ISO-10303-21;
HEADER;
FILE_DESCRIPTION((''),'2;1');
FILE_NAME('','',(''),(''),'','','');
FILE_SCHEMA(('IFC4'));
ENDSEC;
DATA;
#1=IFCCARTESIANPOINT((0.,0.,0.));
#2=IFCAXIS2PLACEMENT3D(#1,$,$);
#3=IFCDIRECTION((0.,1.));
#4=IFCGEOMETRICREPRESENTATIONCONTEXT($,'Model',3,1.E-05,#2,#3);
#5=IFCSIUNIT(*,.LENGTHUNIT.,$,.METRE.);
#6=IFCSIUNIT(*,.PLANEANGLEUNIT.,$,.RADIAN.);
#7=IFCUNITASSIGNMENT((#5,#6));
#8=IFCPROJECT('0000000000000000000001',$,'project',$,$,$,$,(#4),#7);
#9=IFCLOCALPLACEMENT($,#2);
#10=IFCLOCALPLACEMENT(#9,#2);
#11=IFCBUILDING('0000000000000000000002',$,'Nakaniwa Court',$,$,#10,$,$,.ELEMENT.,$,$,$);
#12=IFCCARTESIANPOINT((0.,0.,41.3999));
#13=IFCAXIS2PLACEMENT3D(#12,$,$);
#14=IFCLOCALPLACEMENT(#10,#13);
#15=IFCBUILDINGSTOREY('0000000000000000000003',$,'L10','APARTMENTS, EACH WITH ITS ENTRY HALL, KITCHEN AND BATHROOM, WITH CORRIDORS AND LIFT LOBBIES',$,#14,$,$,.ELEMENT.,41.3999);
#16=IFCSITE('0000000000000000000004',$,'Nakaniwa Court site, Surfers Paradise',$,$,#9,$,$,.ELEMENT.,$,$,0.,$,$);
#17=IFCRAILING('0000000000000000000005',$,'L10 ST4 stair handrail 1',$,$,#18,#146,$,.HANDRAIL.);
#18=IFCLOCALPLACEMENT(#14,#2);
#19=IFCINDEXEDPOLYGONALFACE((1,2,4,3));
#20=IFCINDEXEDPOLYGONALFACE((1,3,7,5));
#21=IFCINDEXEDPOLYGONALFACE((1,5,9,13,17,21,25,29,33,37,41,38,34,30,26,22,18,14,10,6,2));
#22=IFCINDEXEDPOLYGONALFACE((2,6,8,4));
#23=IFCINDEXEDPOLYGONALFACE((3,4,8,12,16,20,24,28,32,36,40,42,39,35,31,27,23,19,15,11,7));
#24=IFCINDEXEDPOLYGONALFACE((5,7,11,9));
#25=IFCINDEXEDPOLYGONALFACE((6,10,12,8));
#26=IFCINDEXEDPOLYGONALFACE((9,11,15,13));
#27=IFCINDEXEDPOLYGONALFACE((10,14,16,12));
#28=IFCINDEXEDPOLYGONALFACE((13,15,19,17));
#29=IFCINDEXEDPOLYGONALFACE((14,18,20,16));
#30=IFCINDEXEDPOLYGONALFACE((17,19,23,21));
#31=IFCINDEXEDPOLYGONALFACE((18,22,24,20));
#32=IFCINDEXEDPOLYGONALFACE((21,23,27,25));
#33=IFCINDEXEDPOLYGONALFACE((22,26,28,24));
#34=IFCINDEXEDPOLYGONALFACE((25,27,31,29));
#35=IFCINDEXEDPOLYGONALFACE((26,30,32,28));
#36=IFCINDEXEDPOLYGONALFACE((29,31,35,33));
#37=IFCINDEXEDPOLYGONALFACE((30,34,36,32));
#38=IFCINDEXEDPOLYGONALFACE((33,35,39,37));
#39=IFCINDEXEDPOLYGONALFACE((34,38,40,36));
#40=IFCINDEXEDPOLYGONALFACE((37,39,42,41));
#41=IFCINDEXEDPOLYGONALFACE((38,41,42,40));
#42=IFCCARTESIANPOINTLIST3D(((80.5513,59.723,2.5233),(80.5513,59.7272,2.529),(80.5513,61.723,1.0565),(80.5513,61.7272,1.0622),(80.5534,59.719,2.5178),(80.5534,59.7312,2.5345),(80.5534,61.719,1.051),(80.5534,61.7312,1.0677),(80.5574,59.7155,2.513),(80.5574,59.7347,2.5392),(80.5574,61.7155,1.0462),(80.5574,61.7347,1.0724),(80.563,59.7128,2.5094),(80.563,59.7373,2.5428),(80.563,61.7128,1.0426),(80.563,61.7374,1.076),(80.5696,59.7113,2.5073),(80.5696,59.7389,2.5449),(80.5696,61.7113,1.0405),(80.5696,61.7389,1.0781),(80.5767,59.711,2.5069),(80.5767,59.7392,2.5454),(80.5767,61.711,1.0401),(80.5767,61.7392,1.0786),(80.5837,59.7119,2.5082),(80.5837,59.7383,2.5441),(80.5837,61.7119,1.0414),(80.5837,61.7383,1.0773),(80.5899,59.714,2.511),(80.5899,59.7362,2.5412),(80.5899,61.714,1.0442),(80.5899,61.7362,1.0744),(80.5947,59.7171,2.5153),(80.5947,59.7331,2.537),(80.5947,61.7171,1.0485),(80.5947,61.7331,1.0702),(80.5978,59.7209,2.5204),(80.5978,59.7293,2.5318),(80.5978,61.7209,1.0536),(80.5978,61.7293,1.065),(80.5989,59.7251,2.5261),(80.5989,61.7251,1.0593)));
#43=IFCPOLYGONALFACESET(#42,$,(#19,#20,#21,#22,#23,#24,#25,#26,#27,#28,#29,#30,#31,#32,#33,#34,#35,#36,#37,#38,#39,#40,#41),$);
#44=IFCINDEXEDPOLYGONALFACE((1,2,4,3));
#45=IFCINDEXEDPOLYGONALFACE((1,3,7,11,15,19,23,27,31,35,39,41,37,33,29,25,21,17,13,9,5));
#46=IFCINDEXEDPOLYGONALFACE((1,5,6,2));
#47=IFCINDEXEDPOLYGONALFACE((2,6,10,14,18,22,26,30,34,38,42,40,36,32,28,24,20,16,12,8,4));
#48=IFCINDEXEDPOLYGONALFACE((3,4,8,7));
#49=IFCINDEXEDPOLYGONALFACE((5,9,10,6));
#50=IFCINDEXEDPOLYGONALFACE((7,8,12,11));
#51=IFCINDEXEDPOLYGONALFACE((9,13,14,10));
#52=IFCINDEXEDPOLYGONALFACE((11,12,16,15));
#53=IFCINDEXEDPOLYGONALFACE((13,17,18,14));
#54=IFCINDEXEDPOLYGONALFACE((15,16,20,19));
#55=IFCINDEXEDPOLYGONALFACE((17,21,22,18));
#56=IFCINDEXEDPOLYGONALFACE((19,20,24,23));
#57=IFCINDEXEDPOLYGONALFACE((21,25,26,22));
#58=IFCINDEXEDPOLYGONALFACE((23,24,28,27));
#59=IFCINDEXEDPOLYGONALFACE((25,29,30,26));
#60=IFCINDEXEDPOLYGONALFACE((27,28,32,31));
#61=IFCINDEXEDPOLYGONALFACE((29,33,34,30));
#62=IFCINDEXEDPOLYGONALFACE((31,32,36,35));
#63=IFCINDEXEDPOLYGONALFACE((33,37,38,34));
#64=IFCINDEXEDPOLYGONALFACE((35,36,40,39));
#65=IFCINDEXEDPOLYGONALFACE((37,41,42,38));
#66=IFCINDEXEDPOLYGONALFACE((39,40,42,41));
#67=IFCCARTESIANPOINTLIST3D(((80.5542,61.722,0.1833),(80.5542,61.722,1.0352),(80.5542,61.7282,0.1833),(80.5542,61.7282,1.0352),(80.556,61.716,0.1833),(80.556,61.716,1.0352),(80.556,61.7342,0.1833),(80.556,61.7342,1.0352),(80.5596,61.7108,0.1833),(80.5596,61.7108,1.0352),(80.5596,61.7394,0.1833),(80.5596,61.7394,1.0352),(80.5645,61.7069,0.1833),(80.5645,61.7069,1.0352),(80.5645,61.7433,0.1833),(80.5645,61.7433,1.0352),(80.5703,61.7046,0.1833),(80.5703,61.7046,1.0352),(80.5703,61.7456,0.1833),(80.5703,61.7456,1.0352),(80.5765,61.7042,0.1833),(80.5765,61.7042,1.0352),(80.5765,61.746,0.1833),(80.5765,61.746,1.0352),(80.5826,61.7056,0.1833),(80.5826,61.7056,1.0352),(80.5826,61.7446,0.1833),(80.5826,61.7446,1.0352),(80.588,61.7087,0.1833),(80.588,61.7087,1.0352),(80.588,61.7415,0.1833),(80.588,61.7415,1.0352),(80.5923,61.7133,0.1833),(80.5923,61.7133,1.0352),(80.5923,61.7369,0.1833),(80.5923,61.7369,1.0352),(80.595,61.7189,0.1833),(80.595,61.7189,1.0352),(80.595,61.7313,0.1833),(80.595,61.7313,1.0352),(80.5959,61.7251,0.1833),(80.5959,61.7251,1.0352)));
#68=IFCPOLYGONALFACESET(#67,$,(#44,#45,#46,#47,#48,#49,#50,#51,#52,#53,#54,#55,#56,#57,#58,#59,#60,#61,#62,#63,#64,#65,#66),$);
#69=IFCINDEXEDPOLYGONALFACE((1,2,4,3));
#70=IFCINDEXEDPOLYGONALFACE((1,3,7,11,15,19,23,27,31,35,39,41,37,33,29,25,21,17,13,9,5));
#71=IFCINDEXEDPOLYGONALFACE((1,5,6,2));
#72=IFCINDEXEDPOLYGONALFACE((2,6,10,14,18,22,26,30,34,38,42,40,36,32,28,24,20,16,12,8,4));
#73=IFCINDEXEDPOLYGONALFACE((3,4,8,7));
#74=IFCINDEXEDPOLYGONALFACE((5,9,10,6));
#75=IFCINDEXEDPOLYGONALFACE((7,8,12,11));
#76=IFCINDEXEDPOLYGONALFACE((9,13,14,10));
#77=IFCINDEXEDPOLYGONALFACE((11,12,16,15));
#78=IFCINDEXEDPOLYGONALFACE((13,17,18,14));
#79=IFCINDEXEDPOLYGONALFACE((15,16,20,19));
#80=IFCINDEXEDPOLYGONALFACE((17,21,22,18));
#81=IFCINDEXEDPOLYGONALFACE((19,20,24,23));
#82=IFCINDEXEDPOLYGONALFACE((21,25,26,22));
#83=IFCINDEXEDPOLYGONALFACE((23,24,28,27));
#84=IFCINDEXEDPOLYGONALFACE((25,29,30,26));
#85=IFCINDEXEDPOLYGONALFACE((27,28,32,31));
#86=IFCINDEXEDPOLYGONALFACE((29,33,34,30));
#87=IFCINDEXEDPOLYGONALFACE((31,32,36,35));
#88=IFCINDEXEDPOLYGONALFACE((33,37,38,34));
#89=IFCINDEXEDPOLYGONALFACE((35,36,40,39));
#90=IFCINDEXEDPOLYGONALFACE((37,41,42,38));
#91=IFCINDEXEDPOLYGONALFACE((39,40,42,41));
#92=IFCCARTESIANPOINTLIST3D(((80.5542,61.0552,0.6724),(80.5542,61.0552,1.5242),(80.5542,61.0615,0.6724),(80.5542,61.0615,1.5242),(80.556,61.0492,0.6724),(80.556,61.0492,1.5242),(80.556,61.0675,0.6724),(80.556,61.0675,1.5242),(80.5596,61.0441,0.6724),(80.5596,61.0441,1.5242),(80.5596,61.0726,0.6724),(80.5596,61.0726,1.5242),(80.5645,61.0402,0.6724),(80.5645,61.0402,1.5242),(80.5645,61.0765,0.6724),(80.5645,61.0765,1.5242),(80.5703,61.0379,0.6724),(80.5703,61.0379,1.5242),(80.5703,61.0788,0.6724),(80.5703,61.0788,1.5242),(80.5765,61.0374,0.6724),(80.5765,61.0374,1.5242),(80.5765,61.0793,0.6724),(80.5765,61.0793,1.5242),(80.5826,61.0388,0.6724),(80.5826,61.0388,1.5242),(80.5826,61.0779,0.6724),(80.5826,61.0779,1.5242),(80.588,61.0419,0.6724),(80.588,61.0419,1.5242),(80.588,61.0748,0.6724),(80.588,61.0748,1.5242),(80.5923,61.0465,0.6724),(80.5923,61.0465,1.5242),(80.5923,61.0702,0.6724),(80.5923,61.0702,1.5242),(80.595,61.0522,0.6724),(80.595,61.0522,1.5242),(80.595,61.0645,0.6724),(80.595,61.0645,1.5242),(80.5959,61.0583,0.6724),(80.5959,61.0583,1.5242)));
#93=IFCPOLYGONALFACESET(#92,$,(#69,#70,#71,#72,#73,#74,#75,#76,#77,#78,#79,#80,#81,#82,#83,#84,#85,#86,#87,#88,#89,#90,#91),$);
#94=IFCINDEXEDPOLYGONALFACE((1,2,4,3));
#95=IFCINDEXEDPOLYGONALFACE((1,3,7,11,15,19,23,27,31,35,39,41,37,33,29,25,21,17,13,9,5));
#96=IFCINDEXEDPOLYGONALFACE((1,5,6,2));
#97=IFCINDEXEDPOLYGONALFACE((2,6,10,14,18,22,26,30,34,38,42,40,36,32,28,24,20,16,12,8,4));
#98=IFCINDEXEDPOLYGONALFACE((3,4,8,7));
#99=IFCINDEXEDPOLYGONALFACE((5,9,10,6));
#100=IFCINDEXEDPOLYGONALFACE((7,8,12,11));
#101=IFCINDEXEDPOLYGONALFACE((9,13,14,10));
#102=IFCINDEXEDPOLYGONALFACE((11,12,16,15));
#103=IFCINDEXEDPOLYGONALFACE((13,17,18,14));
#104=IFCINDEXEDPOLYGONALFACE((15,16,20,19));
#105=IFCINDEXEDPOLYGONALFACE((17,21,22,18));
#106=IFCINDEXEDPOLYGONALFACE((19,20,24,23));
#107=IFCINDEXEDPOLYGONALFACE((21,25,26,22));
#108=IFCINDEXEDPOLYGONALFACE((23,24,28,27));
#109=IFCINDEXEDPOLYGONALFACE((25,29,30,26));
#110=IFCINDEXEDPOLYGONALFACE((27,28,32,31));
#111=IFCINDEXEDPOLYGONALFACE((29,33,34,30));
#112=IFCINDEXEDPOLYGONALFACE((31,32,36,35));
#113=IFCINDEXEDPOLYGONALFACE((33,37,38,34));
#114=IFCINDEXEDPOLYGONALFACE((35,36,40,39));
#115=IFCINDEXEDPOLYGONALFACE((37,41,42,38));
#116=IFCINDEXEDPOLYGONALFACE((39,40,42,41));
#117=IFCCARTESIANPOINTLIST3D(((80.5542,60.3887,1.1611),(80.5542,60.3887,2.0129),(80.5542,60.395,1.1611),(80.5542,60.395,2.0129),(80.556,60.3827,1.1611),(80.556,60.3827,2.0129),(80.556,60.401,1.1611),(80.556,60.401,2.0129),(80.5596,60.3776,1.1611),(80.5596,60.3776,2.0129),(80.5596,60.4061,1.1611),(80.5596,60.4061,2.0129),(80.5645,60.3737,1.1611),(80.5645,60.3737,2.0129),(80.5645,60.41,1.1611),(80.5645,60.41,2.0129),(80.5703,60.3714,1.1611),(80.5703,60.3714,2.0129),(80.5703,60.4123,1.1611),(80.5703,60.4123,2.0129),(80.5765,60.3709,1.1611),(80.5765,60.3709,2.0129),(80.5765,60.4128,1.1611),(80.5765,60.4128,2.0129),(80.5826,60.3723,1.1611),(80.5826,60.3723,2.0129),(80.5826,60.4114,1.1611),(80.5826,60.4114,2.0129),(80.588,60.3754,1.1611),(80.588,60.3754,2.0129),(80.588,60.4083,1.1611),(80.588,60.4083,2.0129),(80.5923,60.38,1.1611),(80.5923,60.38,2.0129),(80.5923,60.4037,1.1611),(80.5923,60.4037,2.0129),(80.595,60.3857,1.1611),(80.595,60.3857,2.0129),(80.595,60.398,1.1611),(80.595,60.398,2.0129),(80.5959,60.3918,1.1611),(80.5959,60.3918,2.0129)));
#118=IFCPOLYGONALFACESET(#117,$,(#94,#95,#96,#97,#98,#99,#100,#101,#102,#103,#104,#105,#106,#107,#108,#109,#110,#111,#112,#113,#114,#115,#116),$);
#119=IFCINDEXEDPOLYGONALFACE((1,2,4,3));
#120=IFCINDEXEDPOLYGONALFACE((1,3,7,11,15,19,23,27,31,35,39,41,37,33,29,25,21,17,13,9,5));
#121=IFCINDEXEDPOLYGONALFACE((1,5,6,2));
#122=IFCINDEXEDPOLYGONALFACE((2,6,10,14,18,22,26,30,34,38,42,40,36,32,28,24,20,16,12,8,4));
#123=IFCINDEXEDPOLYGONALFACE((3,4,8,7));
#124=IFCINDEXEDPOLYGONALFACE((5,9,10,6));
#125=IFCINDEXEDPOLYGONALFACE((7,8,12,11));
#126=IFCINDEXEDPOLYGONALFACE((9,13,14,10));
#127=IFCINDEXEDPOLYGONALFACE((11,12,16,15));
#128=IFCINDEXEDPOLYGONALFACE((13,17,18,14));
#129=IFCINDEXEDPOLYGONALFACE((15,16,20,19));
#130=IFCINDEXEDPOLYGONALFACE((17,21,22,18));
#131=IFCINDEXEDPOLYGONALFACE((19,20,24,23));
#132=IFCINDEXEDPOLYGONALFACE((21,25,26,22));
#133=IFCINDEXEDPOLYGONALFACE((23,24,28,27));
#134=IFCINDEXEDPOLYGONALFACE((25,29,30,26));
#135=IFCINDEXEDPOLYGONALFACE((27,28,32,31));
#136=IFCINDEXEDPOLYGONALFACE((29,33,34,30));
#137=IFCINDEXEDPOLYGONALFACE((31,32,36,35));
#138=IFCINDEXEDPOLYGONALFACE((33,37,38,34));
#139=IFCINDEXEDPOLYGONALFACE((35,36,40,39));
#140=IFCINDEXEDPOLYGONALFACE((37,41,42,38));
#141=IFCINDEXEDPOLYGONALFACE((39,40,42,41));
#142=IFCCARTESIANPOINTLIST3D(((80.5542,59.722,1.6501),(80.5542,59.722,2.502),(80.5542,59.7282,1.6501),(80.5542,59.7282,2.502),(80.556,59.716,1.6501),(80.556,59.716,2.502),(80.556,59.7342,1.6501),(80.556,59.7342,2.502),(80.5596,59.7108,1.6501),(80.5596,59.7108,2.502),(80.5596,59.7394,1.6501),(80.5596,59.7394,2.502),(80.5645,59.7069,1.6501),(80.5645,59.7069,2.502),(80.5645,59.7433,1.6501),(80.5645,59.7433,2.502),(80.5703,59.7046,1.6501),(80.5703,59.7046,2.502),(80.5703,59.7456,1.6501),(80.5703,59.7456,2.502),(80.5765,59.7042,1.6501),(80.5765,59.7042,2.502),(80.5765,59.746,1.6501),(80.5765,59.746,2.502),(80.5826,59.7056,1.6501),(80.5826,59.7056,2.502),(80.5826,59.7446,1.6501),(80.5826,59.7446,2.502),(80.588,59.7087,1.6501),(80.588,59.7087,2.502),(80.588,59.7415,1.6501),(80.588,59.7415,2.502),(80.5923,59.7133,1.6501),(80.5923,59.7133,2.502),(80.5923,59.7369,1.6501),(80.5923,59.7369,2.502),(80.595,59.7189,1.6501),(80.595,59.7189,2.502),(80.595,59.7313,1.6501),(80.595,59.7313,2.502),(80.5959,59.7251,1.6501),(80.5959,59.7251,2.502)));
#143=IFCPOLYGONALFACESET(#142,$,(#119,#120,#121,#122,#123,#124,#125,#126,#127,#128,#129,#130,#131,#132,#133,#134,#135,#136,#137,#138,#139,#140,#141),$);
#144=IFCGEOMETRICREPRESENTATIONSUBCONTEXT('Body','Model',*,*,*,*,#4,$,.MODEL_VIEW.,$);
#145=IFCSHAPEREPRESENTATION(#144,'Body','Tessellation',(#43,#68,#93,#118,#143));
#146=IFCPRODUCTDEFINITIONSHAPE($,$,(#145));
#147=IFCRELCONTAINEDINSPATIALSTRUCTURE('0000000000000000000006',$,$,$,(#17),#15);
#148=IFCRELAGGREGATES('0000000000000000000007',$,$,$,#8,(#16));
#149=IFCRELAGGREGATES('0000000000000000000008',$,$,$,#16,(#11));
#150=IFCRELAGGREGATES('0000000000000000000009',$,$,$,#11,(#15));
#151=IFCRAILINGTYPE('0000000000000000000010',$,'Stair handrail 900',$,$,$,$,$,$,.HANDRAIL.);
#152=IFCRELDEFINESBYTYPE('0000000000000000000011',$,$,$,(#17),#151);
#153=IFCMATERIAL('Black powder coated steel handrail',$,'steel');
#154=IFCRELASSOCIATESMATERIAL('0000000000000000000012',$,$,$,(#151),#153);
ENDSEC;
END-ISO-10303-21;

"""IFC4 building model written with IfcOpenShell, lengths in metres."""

from ifc_helpers import new_model, si_unit, direction, frame, origin, origin_2d, place, context, subcontext, project, spatial, circle, extrude, material, type_object, element, save


model = new_model("IFC4")

# Units and contexts
model_context = context("Model", 3, precision=1e-05, world=origin(), true_north=direction((0.0, 1.0)))
body_context = subcontext(model_context, "Body", "Model", "MODEL_VIEW")
ifc_project = project(units=[si_unit("LENGTHUNIT", "METRE"), si_unit("PLANEANGLEUNIT", "RADIAN")], contexts=[model_context])

# Site, building, storey
site_placement = place(None, origin())
site = spatial("IfcSite", under=ifc_project, at=site_placement, Name="Nakaniwa Court site, Surfers Paradise", CompositionType="ELEMENT", RefElevation=0.0)
building_placement = place(site_placement, origin())
building = spatial("IfcBuilding", under=site, at=building_placement, Name="Nakaniwa Court", CompositionType="ELEMENT")
storey_placement = place(building_placement, frame((0.0, 0.0, 41.3999)))
storey = spatial("IfcBuildingStorey", under=building, at=storey_placement, Name="L10", Description="APARTMENTS, EACH WITH ITS ENTRY HALL, KITCHEN AND BATHROOM, WITH CORRIDORS AND LIFT LOBBIES", CompositionType="ELEMENT", Elevation=41.3999)

# Railing
ifc_material_1 = material(Name="Black powder coated steel handrail", Category="steel")
railing_type_1 = type_object("IfcRailingType", Name="Stair handrail 900", PredefinedType="HANDRAIL", material=ifc_material_1)
railing_1_placement = place(storey_placement, frame((80.575, 61.7251, 0.1833)))
element("IfcRailing", 1, at=railing_1_placement, inside=storey, type_object=railing_type_1, Name="L10 ST4 stair handrail 1", PredefinedType="HANDRAIL", context=body_context, shape_type="SweptSolid", body=[
    extrude(circle(Radius=0.0239, at=origin_2d()), frame((0.0, 0.0, 0.876), z_axis=(0.0, -0.80638, 0.591398), x_axis=(1.0, 0.0, 0.0)), (0.0, 0.0, 1.0), 2.4802),
    extrude(circle(Radius=0.021, at=origin_2d()), origin(), (0.0, 0.0, 1.0), 0.8518),
    extrude(circle(Radius=0.021, at=origin_2d()), frame((0.0, -0.6667, 0.489)), (0.0, 0.0, 1.0), 0.8518),
    extrude(circle(Radius=0.021, at=origin_2d()), frame((0.0, -1.3333, 0.9778)), (0.0, 0.0, 1.0), 0.8518),
    extrude(circle(Radius=0.021, at=origin_2d()), frame((0.0, -2.0, 1.4668)), (0.0, 0.0, 1.0), 0.8518),
])

save(model, "model.ifc")
